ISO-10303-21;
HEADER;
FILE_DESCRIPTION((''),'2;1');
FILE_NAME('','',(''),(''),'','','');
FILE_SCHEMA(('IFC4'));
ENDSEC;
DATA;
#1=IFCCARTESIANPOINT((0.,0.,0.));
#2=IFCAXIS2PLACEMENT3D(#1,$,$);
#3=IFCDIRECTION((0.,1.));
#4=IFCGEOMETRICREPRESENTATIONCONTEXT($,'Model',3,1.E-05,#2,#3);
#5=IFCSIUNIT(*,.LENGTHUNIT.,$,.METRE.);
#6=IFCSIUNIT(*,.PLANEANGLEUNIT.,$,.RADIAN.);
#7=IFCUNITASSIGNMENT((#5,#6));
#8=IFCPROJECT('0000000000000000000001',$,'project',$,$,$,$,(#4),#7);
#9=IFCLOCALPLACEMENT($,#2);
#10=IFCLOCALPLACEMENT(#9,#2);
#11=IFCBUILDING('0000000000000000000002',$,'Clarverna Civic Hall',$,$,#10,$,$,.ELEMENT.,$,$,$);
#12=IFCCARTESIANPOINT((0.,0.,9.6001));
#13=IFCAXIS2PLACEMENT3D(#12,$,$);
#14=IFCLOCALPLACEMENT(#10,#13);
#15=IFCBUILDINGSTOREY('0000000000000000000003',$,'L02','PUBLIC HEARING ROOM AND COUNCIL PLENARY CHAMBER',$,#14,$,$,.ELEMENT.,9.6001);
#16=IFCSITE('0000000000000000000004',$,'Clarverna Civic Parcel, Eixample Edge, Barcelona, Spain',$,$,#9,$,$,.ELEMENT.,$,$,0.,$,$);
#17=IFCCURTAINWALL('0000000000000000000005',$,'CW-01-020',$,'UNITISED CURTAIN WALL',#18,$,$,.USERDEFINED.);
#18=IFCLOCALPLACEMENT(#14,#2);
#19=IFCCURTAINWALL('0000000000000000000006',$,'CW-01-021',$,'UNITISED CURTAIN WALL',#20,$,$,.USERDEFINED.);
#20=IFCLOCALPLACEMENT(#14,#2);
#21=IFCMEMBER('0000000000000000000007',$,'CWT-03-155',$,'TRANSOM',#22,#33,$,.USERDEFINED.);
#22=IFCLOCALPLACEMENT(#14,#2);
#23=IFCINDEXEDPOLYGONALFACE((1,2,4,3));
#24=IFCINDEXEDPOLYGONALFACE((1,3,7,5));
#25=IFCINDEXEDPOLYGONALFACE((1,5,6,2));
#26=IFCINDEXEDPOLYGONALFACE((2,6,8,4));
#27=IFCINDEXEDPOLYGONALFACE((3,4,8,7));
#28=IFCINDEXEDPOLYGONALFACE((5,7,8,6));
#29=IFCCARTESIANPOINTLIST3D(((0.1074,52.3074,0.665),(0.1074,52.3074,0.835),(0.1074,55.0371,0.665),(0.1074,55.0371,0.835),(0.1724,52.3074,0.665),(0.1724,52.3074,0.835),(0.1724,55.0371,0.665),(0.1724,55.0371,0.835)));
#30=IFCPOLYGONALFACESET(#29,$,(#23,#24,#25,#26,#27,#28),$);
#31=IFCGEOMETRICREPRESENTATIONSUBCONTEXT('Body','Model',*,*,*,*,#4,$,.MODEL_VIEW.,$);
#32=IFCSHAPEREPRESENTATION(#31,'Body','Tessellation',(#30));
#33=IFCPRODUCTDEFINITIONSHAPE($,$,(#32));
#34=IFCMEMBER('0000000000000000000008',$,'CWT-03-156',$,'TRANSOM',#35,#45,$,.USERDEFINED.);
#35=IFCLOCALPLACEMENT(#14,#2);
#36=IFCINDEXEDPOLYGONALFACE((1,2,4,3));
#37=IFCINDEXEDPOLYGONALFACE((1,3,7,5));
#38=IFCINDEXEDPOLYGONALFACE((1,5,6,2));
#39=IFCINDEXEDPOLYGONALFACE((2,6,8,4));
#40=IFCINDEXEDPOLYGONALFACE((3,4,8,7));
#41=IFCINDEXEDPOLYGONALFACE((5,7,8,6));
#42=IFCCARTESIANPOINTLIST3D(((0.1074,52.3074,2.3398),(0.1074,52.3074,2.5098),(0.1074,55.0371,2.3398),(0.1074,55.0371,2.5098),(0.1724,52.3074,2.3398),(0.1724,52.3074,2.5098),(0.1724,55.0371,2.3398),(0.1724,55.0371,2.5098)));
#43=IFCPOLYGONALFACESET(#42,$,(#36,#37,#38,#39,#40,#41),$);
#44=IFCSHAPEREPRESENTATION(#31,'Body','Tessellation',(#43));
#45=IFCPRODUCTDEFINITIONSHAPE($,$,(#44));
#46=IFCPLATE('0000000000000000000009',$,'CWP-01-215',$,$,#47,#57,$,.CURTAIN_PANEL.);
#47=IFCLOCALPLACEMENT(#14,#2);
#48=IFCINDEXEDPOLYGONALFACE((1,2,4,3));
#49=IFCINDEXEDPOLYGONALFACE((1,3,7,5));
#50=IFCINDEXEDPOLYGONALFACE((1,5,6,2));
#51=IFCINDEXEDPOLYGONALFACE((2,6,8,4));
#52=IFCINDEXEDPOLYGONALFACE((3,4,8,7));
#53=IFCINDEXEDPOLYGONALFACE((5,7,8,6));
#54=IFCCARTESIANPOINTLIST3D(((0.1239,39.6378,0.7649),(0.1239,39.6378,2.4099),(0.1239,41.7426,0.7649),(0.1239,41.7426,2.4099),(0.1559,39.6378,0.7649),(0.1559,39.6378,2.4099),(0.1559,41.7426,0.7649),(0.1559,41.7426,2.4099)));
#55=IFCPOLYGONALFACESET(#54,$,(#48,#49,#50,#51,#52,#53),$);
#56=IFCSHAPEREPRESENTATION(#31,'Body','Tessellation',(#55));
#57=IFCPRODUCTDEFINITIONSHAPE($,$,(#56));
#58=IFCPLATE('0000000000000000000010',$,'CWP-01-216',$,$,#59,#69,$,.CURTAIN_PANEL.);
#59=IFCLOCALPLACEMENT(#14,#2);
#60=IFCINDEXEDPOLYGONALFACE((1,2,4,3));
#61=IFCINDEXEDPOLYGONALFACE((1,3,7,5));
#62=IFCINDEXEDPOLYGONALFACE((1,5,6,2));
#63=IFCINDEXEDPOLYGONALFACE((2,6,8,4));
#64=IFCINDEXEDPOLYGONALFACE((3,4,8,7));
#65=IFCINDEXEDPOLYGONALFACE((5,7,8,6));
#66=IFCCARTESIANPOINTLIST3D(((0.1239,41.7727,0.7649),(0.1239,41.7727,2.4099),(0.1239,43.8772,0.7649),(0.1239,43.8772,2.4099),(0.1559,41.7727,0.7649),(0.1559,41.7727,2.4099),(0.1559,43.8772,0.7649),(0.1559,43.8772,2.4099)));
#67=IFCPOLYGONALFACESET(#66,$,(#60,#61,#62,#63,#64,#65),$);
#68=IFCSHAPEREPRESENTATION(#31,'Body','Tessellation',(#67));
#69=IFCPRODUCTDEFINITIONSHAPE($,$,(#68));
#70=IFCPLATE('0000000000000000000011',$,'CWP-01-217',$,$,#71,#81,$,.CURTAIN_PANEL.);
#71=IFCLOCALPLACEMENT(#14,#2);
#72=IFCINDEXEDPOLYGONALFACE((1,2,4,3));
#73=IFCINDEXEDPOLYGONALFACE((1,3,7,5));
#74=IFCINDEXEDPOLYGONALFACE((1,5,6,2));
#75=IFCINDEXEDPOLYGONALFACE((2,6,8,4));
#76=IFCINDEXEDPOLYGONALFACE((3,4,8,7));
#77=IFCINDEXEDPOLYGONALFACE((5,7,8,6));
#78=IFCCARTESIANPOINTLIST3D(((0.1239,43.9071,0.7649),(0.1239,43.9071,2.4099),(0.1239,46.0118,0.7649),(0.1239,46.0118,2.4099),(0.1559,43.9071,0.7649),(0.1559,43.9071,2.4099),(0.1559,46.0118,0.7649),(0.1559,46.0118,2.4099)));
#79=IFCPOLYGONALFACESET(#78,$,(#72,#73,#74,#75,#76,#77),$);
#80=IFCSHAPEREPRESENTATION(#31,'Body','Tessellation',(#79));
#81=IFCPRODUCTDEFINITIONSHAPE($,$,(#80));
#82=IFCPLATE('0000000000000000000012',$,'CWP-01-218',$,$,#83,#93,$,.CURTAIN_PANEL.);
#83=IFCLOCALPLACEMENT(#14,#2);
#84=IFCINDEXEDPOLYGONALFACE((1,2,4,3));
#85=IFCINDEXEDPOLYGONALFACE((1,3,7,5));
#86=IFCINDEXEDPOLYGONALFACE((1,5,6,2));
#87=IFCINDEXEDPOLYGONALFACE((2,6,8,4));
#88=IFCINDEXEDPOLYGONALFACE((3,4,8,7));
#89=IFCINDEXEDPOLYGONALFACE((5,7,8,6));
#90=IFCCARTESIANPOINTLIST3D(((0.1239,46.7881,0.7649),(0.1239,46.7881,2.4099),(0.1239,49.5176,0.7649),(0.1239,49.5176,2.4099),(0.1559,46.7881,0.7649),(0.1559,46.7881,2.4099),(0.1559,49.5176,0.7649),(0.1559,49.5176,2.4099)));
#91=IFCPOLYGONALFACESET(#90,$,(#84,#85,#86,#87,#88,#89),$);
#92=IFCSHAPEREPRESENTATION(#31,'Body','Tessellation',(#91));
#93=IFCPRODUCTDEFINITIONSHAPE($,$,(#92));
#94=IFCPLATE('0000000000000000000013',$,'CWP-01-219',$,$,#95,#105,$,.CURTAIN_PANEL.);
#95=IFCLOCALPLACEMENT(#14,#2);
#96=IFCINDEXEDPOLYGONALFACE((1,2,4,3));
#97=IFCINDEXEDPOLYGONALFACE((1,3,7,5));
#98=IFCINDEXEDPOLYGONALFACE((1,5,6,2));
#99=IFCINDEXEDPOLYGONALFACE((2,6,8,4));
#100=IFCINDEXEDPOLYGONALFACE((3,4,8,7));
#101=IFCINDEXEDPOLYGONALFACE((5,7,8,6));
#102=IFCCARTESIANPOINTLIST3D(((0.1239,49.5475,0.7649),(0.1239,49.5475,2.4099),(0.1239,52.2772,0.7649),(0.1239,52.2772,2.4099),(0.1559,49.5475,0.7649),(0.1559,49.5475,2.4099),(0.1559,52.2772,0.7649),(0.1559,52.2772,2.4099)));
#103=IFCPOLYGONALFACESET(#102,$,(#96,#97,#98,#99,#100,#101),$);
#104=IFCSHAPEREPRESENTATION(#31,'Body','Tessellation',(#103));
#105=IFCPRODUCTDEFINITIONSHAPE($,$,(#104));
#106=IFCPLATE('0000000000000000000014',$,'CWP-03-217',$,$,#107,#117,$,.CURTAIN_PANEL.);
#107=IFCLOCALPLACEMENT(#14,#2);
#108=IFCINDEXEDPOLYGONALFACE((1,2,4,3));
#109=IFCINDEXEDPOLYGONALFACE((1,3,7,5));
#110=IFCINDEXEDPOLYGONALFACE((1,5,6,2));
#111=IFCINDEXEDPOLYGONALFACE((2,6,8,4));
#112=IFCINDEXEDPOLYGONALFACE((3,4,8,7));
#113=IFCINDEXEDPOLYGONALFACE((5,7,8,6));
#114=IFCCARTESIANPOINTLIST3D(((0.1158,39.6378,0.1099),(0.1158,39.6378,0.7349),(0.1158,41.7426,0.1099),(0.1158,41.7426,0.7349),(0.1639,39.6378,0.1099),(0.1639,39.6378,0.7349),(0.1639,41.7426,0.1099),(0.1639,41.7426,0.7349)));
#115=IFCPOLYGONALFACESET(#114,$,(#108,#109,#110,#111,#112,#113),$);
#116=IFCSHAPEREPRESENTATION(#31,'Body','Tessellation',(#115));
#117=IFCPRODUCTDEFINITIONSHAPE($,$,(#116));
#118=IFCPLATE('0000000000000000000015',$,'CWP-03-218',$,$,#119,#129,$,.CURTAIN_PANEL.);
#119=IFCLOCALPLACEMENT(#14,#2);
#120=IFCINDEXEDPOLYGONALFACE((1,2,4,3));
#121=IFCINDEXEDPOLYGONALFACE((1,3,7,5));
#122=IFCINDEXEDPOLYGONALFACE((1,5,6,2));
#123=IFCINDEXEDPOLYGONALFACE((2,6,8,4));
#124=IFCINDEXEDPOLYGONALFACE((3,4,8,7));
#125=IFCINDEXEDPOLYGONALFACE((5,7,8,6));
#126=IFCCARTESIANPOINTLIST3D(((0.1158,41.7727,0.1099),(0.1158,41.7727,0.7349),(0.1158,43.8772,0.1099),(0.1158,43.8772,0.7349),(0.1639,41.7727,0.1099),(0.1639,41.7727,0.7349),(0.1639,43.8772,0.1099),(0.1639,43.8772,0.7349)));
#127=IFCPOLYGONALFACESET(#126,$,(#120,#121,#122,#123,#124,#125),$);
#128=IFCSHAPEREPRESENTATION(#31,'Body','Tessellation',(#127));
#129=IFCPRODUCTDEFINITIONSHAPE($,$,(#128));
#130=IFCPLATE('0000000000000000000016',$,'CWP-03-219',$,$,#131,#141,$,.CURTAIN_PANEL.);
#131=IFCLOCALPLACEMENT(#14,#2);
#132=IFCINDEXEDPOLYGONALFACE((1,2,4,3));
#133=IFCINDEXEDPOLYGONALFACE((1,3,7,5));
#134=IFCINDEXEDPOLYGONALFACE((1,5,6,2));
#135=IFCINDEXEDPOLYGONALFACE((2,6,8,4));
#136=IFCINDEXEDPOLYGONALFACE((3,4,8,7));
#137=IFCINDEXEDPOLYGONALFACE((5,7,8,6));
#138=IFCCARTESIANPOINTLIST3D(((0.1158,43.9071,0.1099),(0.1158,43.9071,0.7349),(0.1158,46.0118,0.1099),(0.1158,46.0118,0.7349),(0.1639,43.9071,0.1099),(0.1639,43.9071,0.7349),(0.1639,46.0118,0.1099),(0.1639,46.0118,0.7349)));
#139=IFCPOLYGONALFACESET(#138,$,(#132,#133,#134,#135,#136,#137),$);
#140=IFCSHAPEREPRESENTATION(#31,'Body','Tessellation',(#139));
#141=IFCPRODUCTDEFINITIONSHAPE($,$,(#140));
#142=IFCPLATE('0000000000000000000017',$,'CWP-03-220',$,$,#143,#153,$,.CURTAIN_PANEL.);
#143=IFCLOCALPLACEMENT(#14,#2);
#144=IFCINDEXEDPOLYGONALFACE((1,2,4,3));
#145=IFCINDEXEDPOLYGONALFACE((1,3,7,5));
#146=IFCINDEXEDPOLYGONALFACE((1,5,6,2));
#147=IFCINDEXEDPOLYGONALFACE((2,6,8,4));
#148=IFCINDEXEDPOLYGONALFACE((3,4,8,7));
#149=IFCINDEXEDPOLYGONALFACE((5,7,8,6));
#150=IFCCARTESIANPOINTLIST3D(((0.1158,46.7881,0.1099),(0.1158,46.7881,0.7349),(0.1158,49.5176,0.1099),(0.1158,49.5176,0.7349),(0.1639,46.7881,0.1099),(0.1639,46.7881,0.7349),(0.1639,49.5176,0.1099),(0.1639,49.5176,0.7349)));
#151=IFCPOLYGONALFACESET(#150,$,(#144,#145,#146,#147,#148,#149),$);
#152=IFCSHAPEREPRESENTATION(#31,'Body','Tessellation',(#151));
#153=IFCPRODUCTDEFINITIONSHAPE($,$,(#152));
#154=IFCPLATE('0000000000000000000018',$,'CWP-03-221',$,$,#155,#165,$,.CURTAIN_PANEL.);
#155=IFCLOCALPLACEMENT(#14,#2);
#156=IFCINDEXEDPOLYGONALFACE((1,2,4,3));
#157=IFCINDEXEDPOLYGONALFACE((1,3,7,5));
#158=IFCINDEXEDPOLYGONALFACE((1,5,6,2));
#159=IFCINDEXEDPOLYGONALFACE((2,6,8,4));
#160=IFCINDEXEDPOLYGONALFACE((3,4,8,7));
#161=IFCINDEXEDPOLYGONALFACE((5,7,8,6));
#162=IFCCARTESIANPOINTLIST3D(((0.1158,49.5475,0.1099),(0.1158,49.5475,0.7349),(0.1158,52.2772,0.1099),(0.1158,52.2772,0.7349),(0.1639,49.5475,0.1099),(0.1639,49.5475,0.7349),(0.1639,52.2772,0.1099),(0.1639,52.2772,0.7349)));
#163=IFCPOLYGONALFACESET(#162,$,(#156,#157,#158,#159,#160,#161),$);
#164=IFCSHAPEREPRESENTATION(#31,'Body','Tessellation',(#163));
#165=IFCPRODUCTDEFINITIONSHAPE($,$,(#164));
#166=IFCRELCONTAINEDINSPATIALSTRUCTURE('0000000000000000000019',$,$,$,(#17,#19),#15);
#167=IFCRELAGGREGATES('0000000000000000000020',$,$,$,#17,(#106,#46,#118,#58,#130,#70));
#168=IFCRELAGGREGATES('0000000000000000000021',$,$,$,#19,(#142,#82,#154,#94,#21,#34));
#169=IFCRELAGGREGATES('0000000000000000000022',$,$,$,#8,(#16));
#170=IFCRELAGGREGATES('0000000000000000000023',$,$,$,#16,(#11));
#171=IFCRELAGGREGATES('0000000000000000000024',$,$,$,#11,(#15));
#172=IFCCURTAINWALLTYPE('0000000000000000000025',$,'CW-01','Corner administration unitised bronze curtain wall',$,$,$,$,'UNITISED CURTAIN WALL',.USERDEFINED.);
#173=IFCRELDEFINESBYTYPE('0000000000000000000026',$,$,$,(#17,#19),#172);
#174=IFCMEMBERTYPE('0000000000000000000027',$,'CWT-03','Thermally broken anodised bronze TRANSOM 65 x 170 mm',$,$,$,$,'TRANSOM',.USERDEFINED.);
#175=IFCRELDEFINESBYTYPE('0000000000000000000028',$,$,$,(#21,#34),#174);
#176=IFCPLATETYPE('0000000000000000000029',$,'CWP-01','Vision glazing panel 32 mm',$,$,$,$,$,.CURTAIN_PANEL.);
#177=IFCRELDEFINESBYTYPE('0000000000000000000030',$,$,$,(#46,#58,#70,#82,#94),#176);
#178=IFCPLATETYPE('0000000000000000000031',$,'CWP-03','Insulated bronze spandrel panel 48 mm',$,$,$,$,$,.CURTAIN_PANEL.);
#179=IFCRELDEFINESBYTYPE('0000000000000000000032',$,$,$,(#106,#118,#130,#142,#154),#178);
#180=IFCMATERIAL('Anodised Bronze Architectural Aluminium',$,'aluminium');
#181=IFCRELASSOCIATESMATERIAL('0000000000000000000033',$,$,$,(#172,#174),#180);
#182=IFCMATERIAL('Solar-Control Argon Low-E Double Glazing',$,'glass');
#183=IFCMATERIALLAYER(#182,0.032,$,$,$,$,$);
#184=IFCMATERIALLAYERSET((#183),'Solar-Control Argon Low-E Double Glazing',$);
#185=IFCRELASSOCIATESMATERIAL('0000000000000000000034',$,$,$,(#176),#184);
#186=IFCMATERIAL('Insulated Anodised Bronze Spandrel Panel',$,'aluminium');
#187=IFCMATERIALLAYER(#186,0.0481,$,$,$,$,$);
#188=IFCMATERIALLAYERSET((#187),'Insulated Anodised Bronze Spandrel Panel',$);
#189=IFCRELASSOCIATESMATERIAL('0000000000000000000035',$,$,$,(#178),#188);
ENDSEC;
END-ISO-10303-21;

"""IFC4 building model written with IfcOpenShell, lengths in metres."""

from ifc_helpers import new_model, si_unit, direction, frame, frame_2d, origin, origin_2d, place, context, subcontext, project, spatial, rectangle, extrude, material, layer, layer_set, material_profile, profile_set, type_object, element, aggregate, save


model = new_model("IFC4")

# Units and contexts
model_context = context("Model", 3, precision=1e-05, world=origin(), true_north=direction((0.0, 1.0)))
body_context = subcontext(model_context, "Body", "Model", "MODEL_VIEW")
ifc_project = project(units=[si_unit("LENGTHUNIT", "METRE"), si_unit("PLANEANGLEUNIT", "RADIAN")], contexts=[model_context])

# Site, building, storey
site_placement = place(None, origin())
site = spatial("IfcSite", under=ifc_project, at=site_placement, Name="Clarverna Civic Parcel, Eixample Edge, Barcelona, Spain", CompositionType="ELEMENT", RefElevation=0.0)
building_placement = place(site_placement, origin())
building = spatial("IfcBuilding", under=site, at=building_placement, Name="Clarverna Civic Hall", CompositionType="ELEMENT")
storey_placement = place(building_placement, frame((0.0, 0.0, 9.6001)))
storey = spatial("IfcBuildingStorey", under=building, at=storey_placement, Name="L02", Description="PUBLIC HEARING ROOM AND COUNCIL PLENARY CHAMBER", CompositionType="ELEMENT", Elevation=9.6001)

# Curtain walls
ifc_material_1 = material(Name="Anodised Bronze Architectural Aluminium", Category="aluminium")
curtain_wall_type = type_object("IfcCurtainWallType", Name="CW-01", Description="Corner administration unitised bronze curtain wall", ElementType="UNITISED CURTAIN WALL", PredefinedType="USERDEFINED", material=ifc_material_1)
curtain_wall_1_placement = place(storey_placement, origin())
curtain_wall_1 = element("IfcCurtainWall", 1, at=curtain_wall_1_placement, inside=storey, type_object=curtain_wall_type, Name="CW-01-020", ObjectType="UNITISED CURTAIN WALL", PredefinedType="USERDEFINED")
curtain_wall_2_placement = place(storey_placement, origin())
curtain_wall_2 = element("IfcCurtainWall", 2, at=curtain_wall_2_placement, inside=storey, type_object=curtain_wall_type, Name="CW-01-021", ObjectType="UNITISED CURTAIN WALL", PredefinedType="USERDEFINED")

# Members
ifc_material_profile_1 = material_profile(ifc_material_1, rectangle(XDim=0.0649, YDim=0.1699, at=origin_2d()), Name="BRONZE 65x170")
ifc_profile_set_1 = profile_set([ifc_material_profile_1], Name="Anodised Bronze Architectural Aluminium")
member_type_1 = type_object("IfcMemberType", Name="CWT-03", Description="Thermally broken anodised bronze TRANSOM 65 x 170 mm", ElementType="TRANSOM", PredefinedType="USERDEFINED", material=ifc_profile_set_1)
member_1_placement = place(storey_placement, frame((0.1399, 52.3074, 0.75), z_axis=(0.0, 1.0, 0.0), x_axis=(-1.0, 0.0, 0.0)))
member_1 = element("IfcMember", 3, at=member_1_placement, type_object=member_type_1, Name="CWT-03-155", ObjectType="TRANSOM", PredefinedType="USERDEFINED", context=body_context, shape_type="SweptSolid", body=[
    extrude(rectangle(XDim=0.0649, YDim=0.1699, at=origin_2d()), origin(), (0.0, 0.0, 1.0), 2.7297),
])
member_2_placement = place(storey_placement, frame((0.1399, 52.3074, 2.4248), z_axis=(0.0, 1.0, 0.0), x_axis=(-1.0, 0.0, 0.0)))
member_2 = element("IfcMember", 4, at=member_2_placement, type_object=member_type_1, Name="CWT-03-156", ObjectType="TRANSOM", PredefinedType="USERDEFINED", context=body_context, shape_type="SweptSolid", body=[
    extrude(rectangle(XDim=0.0649, YDim=0.1699, at=origin_2d()), origin(), (0.0, 0.0, 1.0), 2.7297),
])

# Plates
ifc_material_2 = material(Name="Solar-Control Argon Low-E Double Glazing", Category="glass")
ifc_layer_1 = layer(ifc_material_2, 0.032)
ifc_layer_set_1 = layer_set([ifc_layer_1], Name="Solar-Control Argon Low-E Double Glazing")
plate_type_1 = type_object("IfcPlateType", Name="CWP-01", Description="Vision glazing panel 32 mm", PredefinedType="CURTAIN_PANEL", material=ifc_layer_set_1)
plate_1_placement = place(storey_placement, frame((0.1399, 39.6379, 0.7649), z_axis=(0.0, 0.0, 1.0), x_axis=(0.0, 1.0, 0.0)))
plate_1 = element("IfcPlate", 5, at=plate_1_placement, type_object=plate_type_1, Name="CWP-01-215", PredefinedType="CURTAIN_PANEL", context=body_context, shape_type="SweptSolid", body=[
    extrude(rectangle(XDim=2.1047, YDim=0.032, at=frame_2d((1.0522, 0.0))), origin(), (0.0, 0.0, 1.0), 1.645),
])
plate_2_placement = place(storey_placement, frame((0.1399, 41.7727, 0.7649), z_axis=(0.0, 0.0, 1.0), x_axis=(0.0, 1.0, 0.0)))
plate_2 = element("IfcPlate", 6, at=plate_2_placement, type_object=plate_type_1, Name="CWP-01-216", PredefinedType="CURTAIN_PANEL", context=body_context, shape_type="SweptSolid", body=[
    extrude(rectangle(XDim=2.1045, YDim=0.032, at=frame_2d((1.0522, 0.0))), origin(), (0.0, 0.0, 1.0), 1.645),
])
plate_3_placement = place(storey_placement, frame((0.1399, 43.9072, 0.7649), z_axis=(0.0, 0.0, 1.0), x_axis=(0.0, 1.0, 0.0)))
plate_3 = element("IfcPlate", 7, at=plate_3_placement, type_object=plate_type_1, Name="CWP-01-217", PredefinedType="CURTAIN_PANEL", context=body_context, shape_type="SweptSolid", body=[
    extrude(rectangle(XDim=2.1047, YDim=0.032, at=frame_2d((1.0522, 0.0))), origin(), (0.0, 0.0, 1.0), 1.645),
])
plate_4_placement = place(storey_placement, frame((0.1399, 46.7881, 0.7649), z_axis=(0.0, 0.0, 1.0), x_axis=(0.0, 1.0, 0.0)))
plate_4 = element("IfcPlate", 8, at=plate_4_placement, type_object=plate_type_1, Name="CWP-01-218", PredefinedType="CURTAIN_PANEL", context=body_context, shape_type="SweptSolid", body=[
    extrude(rectangle(XDim=2.7295, YDim=0.032, at=frame_2d((1.3647, 0.0))), origin(), (0.0, 0.0, 1.0), 1.645),
])
plate_5_placement = place(storey_placement, frame((0.1399, 49.5476, 0.7649), z_axis=(0.0, 0.0, 1.0), x_axis=(0.0, 1.0, 0.0)))
plate_5 = element("IfcPlate", 9, at=plate_5_placement, type_object=plate_type_1, Name="CWP-01-219", PredefinedType="CURTAIN_PANEL", context=body_context, shape_type="SweptSolid", body=[
    extrude(rectangle(XDim=2.7297, YDim=0.032, at=frame_2d((1.3647, 0.0))), origin(), (0.0, 0.0, 1.0), 1.645),
])
ifc_material_3 = material(Name="Insulated Anodised Bronze Spandrel Panel", Category="aluminium")
ifc_layer_2 = layer(ifc_material_3, 0.0481)
ifc_layer_set_2 = layer_set([ifc_layer_2], Name="Insulated Anodised Bronze Spandrel Panel")
plate_type_2 = type_object("IfcPlateType", Name="CWP-03", Description="Insulated bronze spandrel panel 48 mm", PredefinedType="CURTAIN_PANEL", material=ifc_layer_set_2)
plate_6_placement = place(storey_placement, frame((0.1399, 39.6379, 0.1099), z_axis=(0.0, 0.0, 1.0), x_axis=(0.0, 1.0, 0.0)))
plate_6 = element("IfcPlate", 10, at=plate_6_placement, type_object=plate_type_2, Name="CWP-03-217", PredefinedType="CURTAIN_PANEL", context=body_context, shape_type="SweptSolid", body=[
    extrude(rectangle(XDim=2.1047, YDim=0.0481, at=frame_2d((1.0522, 0.0))), origin(), (0.0, 0.0, 1.0), 0.625),
])
plate_7_placement = place(storey_placement, frame((0.1399, 41.7727, 0.1099), z_axis=(0.0, 0.0, 1.0), x_axis=(0.0, 1.0, 0.0)))
plate_7 = element("IfcPlate", 11, at=plate_7_placement, type_object=plate_type_2, Name="CWP-03-218", PredefinedType="CURTAIN_PANEL", context=body_context, shape_type="SweptSolid", body=[
    extrude(rectangle(XDim=2.1045, YDim=0.0481, at=frame_2d((1.0522, 0.0))), origin(), (0.0, 0.0, 1.0), 0.625),
])
plate_8_placement = place(storey_placement, frame((0.1399, 43.9072, 0.1099), z_axis=(0.0, 0.0, 1.0), x_axis=(0.0, 1.0, 0.0)))
plate_8 = element("IfcPlate", 12, at=plate_8_placement, type_object=plate_type_2, Name="CWP-03-219", PredefinedType="CURTAIN_PANEL", context=body_context, shape_type="SweptSolid", body=[
    extrude(rectangle(XDim=2.1047, YDim=0.0481, at=frame_2d((1.0522, 0.0))), origin(), (0.0, 0.0, 1.0), 0.625),
])
aggregate(curtain_wall_1, [plate_6, plate_1, plate_7, plate_2, plate_8, plate_3])
plate_9_placement = place(storey_placement, frame((0.1399, 46.7881, 0.1099), z_axis=(0.0, 0.0, 1.0), x_axis=(0.0, 1.0, 0.0)))
plate_9 = element("IfcPlate", 13, at=plate_9_placement, type_object=plate_type_2, Name="CWP-03-220", PredefinedType="CURTAIN_PANEL", context=body_context, shape_type="SweptSolid", body=[
    extrude(rectangle(XDim=2.7295, YDim=0.0481, at=frame_2d((1.3647, 0.0))), origin(), (0.0, 0.0, 1.0), 0.625),
])
plate_10_placement = place(storey_placement, frame((0.1399, 49.5476, 0.1099), z_axis=(0.0, 0.0, 1.0), x_axis=(0.0, 1.0, 0.0)))
plate_10 = element("IfcPlate", 14, at=plate_10_placement, type_object=plate_type_2, Name="CWP-03-221", PredefinedType="CURTAIN_PANEL", context=body_context, shape_type="SweptSolid", body=[
    extrude(rectangle(XDim=2.7297, YDim=0.0481, at=frame_2d((1.3647, 0.0))), origin(), (0.0, 0.0, 1.0), 0.625),
])
aggregate(curtain_wall_2, [plate_9, plate_4, plate_10, plate_5, member_1, member_2])

save(model, "model.ifc")
